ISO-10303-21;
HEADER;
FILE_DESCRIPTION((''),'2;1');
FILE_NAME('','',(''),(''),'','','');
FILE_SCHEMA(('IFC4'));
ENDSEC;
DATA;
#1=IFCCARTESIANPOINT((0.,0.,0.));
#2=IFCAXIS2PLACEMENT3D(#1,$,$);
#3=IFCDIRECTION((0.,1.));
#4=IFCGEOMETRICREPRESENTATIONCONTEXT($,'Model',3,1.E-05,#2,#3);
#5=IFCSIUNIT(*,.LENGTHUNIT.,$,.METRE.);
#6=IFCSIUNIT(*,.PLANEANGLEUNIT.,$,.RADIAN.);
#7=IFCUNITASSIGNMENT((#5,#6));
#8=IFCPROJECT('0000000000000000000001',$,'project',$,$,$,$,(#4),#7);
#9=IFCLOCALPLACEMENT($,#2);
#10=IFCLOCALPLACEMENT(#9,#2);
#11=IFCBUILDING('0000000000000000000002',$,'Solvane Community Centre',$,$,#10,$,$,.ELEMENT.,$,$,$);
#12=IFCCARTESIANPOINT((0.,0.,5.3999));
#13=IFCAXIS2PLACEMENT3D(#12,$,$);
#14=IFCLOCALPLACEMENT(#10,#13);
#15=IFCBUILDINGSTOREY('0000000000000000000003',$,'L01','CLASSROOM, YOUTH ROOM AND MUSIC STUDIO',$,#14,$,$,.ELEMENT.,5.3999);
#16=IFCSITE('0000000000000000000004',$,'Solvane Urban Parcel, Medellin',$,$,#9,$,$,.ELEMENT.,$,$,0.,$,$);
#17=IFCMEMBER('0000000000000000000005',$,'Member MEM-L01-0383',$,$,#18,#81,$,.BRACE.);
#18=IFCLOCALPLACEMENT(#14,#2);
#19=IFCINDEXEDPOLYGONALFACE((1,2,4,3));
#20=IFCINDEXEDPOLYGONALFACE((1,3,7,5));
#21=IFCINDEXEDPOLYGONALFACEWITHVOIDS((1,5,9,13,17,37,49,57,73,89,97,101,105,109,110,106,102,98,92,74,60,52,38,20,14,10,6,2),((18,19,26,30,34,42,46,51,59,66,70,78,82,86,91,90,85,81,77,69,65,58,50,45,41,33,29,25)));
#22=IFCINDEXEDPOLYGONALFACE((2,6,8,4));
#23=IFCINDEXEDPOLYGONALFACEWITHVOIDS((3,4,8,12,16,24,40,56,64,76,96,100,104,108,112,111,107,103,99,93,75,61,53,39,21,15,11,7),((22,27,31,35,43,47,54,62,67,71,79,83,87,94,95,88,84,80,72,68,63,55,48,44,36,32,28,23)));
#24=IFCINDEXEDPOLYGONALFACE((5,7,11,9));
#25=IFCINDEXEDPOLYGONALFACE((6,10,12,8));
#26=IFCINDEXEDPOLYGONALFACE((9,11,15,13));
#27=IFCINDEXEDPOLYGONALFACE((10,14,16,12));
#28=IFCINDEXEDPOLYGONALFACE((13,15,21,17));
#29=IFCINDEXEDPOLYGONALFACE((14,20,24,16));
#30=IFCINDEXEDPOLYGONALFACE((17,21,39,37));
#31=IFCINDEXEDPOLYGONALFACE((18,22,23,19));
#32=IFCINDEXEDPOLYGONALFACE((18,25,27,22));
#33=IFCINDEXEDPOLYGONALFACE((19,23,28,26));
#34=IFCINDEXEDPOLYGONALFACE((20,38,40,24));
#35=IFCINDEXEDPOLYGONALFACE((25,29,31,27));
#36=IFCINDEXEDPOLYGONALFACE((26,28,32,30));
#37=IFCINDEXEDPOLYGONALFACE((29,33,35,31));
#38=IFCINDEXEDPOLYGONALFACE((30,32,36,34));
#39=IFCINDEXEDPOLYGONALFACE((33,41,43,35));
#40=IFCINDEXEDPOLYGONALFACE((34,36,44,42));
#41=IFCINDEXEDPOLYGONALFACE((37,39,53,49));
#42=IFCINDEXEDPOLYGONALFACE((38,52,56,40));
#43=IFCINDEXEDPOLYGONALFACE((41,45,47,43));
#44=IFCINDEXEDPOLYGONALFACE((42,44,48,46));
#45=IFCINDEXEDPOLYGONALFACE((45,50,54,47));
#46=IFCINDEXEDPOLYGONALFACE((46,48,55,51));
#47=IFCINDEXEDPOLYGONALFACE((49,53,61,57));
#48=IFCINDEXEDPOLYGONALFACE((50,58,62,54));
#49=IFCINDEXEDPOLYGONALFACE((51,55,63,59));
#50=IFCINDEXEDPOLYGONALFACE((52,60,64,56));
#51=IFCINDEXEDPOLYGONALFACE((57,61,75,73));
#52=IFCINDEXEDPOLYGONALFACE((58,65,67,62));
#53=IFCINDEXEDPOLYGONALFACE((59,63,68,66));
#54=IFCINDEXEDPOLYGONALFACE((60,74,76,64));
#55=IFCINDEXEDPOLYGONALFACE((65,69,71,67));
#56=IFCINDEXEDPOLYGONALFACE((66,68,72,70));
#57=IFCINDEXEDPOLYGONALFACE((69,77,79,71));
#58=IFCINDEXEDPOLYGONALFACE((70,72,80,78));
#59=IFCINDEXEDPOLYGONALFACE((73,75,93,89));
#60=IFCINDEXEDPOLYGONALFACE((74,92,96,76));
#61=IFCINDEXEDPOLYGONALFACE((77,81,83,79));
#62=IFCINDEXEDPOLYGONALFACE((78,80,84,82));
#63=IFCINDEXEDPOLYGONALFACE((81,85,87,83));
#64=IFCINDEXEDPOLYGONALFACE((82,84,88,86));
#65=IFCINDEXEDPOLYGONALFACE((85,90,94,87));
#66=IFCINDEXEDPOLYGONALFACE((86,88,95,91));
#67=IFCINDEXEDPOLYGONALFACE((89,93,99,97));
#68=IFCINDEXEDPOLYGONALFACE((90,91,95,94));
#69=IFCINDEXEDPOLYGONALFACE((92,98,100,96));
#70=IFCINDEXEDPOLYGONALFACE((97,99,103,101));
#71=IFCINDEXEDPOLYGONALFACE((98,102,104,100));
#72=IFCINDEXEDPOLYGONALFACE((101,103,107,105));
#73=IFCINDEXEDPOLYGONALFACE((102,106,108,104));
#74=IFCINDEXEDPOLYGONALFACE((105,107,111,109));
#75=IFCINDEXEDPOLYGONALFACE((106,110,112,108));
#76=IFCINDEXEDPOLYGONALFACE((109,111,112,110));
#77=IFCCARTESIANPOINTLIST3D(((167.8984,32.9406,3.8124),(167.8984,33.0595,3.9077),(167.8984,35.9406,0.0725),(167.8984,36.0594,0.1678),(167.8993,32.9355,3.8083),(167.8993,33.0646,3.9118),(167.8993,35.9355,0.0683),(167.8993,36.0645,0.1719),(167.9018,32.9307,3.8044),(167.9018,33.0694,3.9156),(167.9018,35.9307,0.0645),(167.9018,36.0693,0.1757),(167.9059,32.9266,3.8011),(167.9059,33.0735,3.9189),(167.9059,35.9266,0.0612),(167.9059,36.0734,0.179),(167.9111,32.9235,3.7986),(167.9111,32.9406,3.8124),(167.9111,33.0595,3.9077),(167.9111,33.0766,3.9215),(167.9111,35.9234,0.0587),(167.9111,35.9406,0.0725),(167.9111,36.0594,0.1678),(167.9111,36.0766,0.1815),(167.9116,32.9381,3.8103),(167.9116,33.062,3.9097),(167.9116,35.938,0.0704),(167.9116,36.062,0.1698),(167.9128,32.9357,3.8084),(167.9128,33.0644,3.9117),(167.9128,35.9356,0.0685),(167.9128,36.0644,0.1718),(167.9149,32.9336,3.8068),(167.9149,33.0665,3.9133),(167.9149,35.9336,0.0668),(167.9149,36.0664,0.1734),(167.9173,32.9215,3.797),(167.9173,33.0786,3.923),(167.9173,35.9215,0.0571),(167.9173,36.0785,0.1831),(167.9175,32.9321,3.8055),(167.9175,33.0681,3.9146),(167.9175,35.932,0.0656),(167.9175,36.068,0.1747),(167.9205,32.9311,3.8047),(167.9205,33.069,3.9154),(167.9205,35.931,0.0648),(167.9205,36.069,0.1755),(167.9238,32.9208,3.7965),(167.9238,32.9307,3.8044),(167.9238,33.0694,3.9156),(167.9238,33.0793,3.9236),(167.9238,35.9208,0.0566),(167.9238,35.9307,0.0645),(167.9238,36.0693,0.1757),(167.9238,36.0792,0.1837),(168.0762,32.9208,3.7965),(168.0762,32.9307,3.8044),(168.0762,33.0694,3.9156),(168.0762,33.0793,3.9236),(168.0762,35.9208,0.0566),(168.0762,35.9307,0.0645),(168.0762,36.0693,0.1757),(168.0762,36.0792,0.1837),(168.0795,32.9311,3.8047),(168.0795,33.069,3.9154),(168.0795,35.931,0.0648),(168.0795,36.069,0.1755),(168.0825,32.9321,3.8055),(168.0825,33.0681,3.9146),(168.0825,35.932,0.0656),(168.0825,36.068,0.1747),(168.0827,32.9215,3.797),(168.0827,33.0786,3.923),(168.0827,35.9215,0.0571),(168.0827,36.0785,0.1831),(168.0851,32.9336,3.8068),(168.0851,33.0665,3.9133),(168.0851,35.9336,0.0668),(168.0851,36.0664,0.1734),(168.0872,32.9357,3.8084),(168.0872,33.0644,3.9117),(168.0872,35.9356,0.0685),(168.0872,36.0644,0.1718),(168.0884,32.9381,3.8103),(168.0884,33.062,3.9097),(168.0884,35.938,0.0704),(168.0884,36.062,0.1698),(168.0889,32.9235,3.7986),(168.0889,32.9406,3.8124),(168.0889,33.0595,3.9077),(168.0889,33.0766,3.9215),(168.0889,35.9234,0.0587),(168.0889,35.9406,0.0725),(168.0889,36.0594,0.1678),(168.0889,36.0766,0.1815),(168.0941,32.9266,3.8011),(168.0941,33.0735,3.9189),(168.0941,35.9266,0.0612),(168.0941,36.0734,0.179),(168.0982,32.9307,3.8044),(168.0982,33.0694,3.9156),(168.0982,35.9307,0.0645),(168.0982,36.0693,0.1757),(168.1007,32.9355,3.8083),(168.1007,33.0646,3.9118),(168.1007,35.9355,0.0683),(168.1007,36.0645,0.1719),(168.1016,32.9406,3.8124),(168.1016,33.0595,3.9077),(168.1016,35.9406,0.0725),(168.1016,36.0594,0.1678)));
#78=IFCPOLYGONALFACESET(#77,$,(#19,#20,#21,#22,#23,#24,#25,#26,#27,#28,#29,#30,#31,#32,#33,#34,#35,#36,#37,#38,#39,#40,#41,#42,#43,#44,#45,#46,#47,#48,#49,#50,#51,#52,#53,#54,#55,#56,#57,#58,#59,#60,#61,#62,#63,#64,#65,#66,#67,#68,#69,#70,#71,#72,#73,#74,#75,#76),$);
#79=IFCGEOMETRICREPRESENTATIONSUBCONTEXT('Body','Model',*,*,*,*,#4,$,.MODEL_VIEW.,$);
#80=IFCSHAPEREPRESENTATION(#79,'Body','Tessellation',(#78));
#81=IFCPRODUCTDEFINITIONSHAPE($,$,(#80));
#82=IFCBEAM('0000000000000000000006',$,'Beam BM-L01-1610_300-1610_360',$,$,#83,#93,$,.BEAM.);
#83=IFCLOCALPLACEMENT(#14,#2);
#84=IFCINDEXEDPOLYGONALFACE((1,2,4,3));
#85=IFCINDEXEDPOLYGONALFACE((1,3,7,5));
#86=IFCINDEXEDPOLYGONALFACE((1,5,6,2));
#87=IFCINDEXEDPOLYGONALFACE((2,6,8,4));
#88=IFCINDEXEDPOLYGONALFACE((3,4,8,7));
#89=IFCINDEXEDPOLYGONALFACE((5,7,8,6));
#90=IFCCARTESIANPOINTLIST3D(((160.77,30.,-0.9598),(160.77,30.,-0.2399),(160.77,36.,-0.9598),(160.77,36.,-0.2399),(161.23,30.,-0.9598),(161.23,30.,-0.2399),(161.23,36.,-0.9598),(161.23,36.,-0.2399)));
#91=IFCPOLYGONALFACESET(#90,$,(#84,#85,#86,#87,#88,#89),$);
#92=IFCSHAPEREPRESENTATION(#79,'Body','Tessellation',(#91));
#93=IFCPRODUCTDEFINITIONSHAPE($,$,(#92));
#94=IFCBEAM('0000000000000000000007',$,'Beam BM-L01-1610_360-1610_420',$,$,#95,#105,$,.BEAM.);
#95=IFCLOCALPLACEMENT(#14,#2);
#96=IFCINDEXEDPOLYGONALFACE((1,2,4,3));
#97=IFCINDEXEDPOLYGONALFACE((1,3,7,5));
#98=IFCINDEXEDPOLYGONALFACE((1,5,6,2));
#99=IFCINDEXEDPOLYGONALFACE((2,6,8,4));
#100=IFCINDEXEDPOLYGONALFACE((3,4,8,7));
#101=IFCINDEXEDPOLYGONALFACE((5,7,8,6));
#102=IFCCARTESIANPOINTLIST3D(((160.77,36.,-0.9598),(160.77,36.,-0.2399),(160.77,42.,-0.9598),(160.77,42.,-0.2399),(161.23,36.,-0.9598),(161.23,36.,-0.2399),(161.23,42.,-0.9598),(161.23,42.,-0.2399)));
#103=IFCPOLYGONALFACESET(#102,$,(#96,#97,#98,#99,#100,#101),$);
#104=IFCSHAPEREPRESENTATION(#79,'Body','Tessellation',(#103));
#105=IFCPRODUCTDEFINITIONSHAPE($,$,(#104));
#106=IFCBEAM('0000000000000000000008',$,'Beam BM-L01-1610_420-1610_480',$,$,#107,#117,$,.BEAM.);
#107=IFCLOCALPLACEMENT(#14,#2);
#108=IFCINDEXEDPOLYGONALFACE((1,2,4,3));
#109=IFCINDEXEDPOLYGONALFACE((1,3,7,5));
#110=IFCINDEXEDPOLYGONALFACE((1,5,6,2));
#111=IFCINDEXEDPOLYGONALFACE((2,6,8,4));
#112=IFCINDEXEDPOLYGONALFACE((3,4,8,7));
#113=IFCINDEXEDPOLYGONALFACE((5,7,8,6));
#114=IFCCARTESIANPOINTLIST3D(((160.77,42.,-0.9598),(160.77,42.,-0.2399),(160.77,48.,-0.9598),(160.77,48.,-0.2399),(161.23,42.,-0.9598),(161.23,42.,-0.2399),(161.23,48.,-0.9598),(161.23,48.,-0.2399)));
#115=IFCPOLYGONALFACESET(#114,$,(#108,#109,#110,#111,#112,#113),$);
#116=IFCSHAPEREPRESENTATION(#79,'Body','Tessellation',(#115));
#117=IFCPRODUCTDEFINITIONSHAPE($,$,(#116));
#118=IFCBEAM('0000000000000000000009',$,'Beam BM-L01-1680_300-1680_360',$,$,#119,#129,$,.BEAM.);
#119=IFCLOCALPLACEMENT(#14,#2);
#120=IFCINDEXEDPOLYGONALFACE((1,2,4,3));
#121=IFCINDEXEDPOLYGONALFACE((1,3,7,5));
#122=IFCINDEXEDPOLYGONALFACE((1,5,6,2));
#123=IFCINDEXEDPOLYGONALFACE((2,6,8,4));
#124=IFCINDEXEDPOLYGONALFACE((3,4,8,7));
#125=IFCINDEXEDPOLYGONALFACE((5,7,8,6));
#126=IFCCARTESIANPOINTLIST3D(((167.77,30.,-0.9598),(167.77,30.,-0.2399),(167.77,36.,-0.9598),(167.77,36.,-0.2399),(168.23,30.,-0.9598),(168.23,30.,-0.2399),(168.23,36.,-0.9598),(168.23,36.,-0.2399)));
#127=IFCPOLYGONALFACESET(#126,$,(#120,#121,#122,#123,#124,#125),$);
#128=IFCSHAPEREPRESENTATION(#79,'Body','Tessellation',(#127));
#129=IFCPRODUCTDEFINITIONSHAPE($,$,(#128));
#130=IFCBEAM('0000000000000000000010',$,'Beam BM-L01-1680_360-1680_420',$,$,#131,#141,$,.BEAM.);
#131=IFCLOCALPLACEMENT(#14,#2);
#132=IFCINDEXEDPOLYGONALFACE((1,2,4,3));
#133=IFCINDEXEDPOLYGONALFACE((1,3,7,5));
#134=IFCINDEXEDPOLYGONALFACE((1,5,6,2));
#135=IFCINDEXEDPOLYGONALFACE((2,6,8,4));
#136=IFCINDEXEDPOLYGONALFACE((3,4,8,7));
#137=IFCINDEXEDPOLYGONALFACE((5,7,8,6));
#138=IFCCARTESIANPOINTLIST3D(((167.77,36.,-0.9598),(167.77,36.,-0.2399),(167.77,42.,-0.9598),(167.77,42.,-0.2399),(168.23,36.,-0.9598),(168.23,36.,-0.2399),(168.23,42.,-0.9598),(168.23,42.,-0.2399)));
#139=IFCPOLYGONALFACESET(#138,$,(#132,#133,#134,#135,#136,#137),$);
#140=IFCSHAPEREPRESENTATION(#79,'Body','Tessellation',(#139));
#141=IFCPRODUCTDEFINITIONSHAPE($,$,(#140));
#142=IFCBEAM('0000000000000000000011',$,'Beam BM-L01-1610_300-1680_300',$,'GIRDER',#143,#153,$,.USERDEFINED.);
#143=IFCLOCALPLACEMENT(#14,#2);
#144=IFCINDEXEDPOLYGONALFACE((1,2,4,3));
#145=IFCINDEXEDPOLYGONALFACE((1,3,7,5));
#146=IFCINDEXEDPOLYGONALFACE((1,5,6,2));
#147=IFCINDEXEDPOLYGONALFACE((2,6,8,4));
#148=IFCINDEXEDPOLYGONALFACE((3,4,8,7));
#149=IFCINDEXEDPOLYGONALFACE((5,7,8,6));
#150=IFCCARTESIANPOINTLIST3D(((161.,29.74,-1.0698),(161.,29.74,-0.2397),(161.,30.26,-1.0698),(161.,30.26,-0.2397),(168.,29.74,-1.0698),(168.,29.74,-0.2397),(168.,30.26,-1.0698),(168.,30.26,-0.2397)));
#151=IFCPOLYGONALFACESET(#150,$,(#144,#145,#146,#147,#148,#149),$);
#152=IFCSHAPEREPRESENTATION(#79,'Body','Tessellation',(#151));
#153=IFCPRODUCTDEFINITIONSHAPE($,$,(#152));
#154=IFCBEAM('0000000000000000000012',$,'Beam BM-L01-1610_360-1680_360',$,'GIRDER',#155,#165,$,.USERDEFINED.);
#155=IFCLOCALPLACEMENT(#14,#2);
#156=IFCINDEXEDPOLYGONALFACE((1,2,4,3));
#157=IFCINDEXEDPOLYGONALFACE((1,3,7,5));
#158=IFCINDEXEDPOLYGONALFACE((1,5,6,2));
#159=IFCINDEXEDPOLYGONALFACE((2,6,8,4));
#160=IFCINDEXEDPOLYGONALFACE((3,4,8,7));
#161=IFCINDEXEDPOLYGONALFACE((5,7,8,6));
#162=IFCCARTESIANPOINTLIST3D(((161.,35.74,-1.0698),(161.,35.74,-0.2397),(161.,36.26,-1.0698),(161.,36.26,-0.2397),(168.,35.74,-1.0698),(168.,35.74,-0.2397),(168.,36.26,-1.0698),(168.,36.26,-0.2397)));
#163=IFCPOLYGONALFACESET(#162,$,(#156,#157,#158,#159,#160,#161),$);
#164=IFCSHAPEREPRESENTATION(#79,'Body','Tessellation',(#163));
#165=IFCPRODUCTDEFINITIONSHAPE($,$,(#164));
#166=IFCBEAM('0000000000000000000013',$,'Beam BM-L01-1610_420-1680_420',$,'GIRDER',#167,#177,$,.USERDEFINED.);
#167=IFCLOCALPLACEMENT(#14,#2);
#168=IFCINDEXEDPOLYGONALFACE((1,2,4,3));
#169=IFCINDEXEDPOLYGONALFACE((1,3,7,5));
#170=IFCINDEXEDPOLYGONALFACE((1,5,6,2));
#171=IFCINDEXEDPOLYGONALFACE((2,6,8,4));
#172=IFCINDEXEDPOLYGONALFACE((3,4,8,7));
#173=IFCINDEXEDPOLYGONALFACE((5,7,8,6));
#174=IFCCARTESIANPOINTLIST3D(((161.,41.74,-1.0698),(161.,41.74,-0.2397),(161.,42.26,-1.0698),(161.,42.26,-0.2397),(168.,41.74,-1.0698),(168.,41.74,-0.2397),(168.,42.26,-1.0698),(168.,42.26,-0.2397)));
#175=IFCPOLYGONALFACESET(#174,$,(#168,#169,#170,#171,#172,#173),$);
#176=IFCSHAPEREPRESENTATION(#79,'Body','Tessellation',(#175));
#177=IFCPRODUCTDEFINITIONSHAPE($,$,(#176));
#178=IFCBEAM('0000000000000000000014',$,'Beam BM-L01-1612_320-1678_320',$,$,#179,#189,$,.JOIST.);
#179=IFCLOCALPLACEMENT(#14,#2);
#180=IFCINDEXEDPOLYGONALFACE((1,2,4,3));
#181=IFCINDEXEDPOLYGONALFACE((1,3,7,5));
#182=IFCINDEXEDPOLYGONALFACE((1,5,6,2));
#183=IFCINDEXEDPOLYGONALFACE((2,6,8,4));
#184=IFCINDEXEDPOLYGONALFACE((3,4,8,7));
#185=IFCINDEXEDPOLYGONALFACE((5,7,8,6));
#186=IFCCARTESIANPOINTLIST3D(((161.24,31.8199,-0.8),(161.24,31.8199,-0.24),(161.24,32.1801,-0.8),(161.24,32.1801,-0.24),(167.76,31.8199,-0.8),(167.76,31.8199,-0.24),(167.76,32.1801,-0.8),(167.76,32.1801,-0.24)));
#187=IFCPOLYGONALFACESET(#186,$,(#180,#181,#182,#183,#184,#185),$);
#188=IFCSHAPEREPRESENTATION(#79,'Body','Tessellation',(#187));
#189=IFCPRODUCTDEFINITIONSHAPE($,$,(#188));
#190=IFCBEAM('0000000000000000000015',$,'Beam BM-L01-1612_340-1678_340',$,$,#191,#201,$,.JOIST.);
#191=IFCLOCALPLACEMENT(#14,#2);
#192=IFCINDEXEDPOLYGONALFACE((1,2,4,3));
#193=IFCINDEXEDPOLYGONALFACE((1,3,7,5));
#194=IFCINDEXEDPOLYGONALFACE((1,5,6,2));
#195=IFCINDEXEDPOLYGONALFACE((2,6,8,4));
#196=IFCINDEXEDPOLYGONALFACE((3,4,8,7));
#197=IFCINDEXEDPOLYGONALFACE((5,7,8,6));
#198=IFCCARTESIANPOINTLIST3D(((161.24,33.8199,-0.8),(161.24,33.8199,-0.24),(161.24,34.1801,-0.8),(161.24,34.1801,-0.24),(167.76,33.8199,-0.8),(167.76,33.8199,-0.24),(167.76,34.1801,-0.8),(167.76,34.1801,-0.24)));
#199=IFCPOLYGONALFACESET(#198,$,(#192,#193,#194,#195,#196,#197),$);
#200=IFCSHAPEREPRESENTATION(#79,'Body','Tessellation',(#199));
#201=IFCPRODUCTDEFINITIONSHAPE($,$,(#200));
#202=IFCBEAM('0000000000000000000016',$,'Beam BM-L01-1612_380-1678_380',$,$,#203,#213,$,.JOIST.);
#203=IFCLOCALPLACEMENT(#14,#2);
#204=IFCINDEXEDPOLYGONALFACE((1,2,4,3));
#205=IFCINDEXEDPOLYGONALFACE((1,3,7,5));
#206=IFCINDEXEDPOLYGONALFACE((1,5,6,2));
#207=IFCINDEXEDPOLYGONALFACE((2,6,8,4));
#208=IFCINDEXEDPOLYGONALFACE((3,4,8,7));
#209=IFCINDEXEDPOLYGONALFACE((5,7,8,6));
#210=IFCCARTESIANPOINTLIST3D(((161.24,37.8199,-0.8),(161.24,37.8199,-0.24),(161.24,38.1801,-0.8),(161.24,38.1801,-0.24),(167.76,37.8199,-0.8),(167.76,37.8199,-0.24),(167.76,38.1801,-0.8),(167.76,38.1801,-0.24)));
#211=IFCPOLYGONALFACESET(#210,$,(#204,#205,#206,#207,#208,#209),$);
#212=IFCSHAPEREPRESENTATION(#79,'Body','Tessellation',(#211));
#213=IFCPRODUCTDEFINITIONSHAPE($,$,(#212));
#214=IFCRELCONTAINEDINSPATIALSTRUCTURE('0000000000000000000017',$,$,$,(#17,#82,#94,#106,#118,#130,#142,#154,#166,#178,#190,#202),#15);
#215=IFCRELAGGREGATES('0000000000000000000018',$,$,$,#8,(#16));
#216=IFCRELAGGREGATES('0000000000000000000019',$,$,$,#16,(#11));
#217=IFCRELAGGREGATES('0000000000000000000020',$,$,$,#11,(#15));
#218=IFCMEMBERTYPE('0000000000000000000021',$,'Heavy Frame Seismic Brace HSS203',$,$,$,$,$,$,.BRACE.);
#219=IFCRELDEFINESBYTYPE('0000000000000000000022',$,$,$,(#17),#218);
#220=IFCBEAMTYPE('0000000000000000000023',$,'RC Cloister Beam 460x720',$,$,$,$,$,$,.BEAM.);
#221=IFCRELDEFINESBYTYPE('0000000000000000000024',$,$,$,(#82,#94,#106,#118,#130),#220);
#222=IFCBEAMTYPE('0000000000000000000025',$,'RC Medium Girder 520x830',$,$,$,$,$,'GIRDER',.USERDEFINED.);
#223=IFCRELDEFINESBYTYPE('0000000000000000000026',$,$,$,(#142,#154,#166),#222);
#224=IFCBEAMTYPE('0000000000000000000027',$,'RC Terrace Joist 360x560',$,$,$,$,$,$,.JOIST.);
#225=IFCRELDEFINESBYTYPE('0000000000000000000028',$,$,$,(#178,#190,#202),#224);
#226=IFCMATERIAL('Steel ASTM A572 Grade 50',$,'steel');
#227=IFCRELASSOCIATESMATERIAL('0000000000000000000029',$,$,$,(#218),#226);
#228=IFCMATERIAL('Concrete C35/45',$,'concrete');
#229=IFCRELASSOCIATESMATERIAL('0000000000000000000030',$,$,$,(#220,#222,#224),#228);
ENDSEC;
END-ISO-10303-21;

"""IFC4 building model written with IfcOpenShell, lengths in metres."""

from ifc_helpers import new_model, si_unit, direction, frame, origin, origin_2d, place, context, subcontext, project, spatial, rectangle, hollow_rectangle, extrude, material, material_profile, profile_set, type_object, element, save


model = new_model("IFC4")

# Units and contexts
model_context = context("Model", 3, precision=1e-05, world=origin(), true_north=direction((0.0, 1.0)))
body_context = subcontext(model_context, "Body", "Model", "MODEL_VIEW")
ifc_project = project(units=[si_unit("LENGTHUNIT", "METRE"), si_unit("PLANEANGLEUNIT", "RADIAN")], contexts=[model_context])

# Site, building, storey
site_placement = place(None, origin())
site = spatial("IfcSite", under=ifc_project, at=site_placement, Name="Solvane Urban Parcel, Medellin", CompositionType="ELEMENT", RefElevation=0.0)
building_placement = place(site_placement, origin())
building = spatial("IfcBuilding", under=site, at=building_placement, Name="Solvane Community Centre", CompositionType="ELEMENT")
storey_placement = place(building_placement, frame((0.0, 0.0, 5.3999)))
storey = spatial("IfcBuildingStorey", under=building, at=storey_placement, Name="L01", Description="CLASSROOM, YOUTH ROOM AND MUSIC STUDIO", CompositionType="ELEMENT", Elevation=5.3999)

# Shared definitions
ifc_material_1 = material(Name="Concrete C35/45", Category="concrete")

# Member
ifc_material_2 = material(Name="Steel ASTM A572 Grade 50", Category="steel")
ifc_material_profile_1 = material_profile(ifc_material_2, hollow_rectangle(XDim=0.2031, YDim=0.2031, WallThickness=0.0127, InnerFilletRadius=0.0127, OuterFilletRadius=0.0254, at=origin_2d()), Name="HSS 203x203x12.7")
ifc_profile_set_1 = profile_set([ifc_material_profile_1], Name="Steel ASTM A572 Grade 50")
member_type = type_object("IfcMemberType", Name="Heavy Frame Seismic Brace HSS203", PredefinedType="BRACE", material=ifc_profile_set_1)
for number, where, z_axis, x_axis, name in (
    (1, (168.0, 36.0, 0.1201), (0.0, -0.625713, 0.780053), (1.0, 0.0, 0.0), "Member MEM-L01-0383"),
):
    element("IfcMember", number, at=place(storey_placement, frame(where, z_axis=z_axis, x_axis=x_axis)), inside=storey, type_object=member_type, Name=name, PredefinedType="BRACE", context=body_context, shape_type="SweptSolid", body=[
        extrude(hollow_rectangle(XDim=0.2031, YDim=0.2031, WallThickness=0.0127, InnerFilletRadius=0.0127, OuterFilletRadius=0.0254, at=origin_2d()), origin(), (0.0, 0.0, 1.0), 4.7944),
    ])

# Beams
ifc_material_profile_2 = material_profile(ifc_material_1, rectangle(XDim=0.46, YDim=0.72, at=origin_2d()), Name="RC 460x720")
ifc_profile_set_2 = profile_set([ifc_material_profile_2], Name="Concrete C35/45")
beam_type_1 = type_object("IfcBeamType", Name="RC Cloister Beam 460x720", PredefinedType="BEAM", material=ifc_profile_set_2)
for number, where, z_axis, x_axis, name in (
    (2, (161.0, 30.0, -0.5999), (0.0, 1.0, 0.0), (-1.0, 0.0, 0.0), "Beam BM-L01-1610_300-1610_360"),
    (3, (161.0, 36.0, -0.5999), (0.0, 1.0, 0.0), (-1.0, 0.0, 0.0), "Beam BM-L01-1610_360-1610_420"),
    (4, (161.0, 42.0, -0.5999), (0.0, 1.0, 0.0), (-1.0, 0.0, 0.0), "Beam BM-L01-1610_420-1610_480"),
    (5, (168.0, 30.0, -0.5999), (0.0, 1.0, 0.0), (-1.0, 0.0, 0.0), "Beam BM-L01-1680_300-1680_360"),
    (6, (168.0, 36.0, -0.5999), (0.0, 1.0, 0.0), (-1.0, 0.0, 0.0), "Beam BM-L01-1680_360-1680_420"),
):
    element("IfcBeam", number, at=place(storey_placement, frame(where, z_axis=z_axis, x_axis=x_axis)), inside=storey, type_object=beam_type_1, Name=name, PredefinedType="BEAM", context=body_context, shape_type="SweptSolid", body=[
        extrude(rectangle(XDim=0.46, YDim=0.72, at=origin_2d()), origin(), (0.0, 0.0, 1.0), 6.0),
    ])
ifc_material_profile_3 = material_profile(ifc_material_1, rectangle(XDim=0.52, YDim=0.8301, at=origin_2d()), Name="RC 520x830")
ifc_profile_set_3 = profile_set([ifc_material_profile_3], Name="Concrete C35/45")
beam_type_2 = type_object("IfcBeamType", Name="RC Medium Girder 520x830", ElementType="GIRDER", PredefinedType="USERDEFINED", material=ifc_profile_set_3)
for number, where, z_axis, x_axis, name in (
    (7, (161.0, 30.0, -0.6548), (1.0, 0.0, 0.0), (0.0, 1.0, 0.0), "Beam BM-L01-1610_300-1680_300"),
    (8, (161.0, 36.0, -0.6548), (1.0, 0.0, 0.0), (0.0, 1.0, 0.0), "Beam BM-L01-1610_360-1680_360"),
    (9, (161.0, 42.0, -0.6548), (1.0, 0.0, 0.0), (0.0, 1.0, 0.0), "Beam BM-L01-1610_420-1680_420"),
):
    element("IfcBeam", number, at=place(storey_placement, frame(where, z_axis=z_axis, x_axis=x_axis)), inside=storey, type_object=beam_type_2, Name=name, ObjectType="GIRDER", PredefinedType="USERDEFINED", context=body_context, shape_type="SweptSolid", body=[
        extrude(rectangle(XDim=0.52, YDim=0.8301, at=origin_2d()), origin(), (0.0, 0.0, 1.0), 7.0),
    ])
ifc_material_profile_4 = material_profile(ifc_material_1, rectangle(XDim=0.3601, YDim=0.5601, at=origin_2d()), Name="RC 360x560")
ifc_profile_set_4 = profile_set([ifc_material_profile_4], Name="Concrete C35/45")
beam_type_3 = type_object("IfcBeamType", Name="RC Terrace Joist 360x560", PredefinedType="JOIST", material=ifc_profile_set_4)
for number, where, z_axis, x_axis, name in (
    (10, (161.24, 32.0, -0.52), (1.0, 0.0, 0.0), (0.0, 1.0, 0.0), "Beam BM-L01-1612_320-1678_320"),
    (11, (161.24, 34.0, -0.52), (1.0, 0.0, 0.0), (0.0, 1.0, 0.0), "Beam BM-L01-1612_340-1678_340"),
    (12, (161.24, 38.0, -0.52), (1.0, 0.0, 0.0), (0.0, 1.0, 0.0), "Beam BM-L01-1612_380-1678_380"),
):
    element("IfcBeam", number, at=place(storey_placement, frame(where, z_axis=z_axis, x_axis=x_axis)), inside=storey, type_object=beam_type_3, Name=name, PredefinedType="JOIST", context=body_context, shape_type="SweptSolid", body=[
        extrude(rectangle(XDim=0.3601, YDim=0.5601, at=origin_2d()), origin(), (0.0, 0.0, 1.0), 6.52),
    ])

save(model, "model.ifc")
